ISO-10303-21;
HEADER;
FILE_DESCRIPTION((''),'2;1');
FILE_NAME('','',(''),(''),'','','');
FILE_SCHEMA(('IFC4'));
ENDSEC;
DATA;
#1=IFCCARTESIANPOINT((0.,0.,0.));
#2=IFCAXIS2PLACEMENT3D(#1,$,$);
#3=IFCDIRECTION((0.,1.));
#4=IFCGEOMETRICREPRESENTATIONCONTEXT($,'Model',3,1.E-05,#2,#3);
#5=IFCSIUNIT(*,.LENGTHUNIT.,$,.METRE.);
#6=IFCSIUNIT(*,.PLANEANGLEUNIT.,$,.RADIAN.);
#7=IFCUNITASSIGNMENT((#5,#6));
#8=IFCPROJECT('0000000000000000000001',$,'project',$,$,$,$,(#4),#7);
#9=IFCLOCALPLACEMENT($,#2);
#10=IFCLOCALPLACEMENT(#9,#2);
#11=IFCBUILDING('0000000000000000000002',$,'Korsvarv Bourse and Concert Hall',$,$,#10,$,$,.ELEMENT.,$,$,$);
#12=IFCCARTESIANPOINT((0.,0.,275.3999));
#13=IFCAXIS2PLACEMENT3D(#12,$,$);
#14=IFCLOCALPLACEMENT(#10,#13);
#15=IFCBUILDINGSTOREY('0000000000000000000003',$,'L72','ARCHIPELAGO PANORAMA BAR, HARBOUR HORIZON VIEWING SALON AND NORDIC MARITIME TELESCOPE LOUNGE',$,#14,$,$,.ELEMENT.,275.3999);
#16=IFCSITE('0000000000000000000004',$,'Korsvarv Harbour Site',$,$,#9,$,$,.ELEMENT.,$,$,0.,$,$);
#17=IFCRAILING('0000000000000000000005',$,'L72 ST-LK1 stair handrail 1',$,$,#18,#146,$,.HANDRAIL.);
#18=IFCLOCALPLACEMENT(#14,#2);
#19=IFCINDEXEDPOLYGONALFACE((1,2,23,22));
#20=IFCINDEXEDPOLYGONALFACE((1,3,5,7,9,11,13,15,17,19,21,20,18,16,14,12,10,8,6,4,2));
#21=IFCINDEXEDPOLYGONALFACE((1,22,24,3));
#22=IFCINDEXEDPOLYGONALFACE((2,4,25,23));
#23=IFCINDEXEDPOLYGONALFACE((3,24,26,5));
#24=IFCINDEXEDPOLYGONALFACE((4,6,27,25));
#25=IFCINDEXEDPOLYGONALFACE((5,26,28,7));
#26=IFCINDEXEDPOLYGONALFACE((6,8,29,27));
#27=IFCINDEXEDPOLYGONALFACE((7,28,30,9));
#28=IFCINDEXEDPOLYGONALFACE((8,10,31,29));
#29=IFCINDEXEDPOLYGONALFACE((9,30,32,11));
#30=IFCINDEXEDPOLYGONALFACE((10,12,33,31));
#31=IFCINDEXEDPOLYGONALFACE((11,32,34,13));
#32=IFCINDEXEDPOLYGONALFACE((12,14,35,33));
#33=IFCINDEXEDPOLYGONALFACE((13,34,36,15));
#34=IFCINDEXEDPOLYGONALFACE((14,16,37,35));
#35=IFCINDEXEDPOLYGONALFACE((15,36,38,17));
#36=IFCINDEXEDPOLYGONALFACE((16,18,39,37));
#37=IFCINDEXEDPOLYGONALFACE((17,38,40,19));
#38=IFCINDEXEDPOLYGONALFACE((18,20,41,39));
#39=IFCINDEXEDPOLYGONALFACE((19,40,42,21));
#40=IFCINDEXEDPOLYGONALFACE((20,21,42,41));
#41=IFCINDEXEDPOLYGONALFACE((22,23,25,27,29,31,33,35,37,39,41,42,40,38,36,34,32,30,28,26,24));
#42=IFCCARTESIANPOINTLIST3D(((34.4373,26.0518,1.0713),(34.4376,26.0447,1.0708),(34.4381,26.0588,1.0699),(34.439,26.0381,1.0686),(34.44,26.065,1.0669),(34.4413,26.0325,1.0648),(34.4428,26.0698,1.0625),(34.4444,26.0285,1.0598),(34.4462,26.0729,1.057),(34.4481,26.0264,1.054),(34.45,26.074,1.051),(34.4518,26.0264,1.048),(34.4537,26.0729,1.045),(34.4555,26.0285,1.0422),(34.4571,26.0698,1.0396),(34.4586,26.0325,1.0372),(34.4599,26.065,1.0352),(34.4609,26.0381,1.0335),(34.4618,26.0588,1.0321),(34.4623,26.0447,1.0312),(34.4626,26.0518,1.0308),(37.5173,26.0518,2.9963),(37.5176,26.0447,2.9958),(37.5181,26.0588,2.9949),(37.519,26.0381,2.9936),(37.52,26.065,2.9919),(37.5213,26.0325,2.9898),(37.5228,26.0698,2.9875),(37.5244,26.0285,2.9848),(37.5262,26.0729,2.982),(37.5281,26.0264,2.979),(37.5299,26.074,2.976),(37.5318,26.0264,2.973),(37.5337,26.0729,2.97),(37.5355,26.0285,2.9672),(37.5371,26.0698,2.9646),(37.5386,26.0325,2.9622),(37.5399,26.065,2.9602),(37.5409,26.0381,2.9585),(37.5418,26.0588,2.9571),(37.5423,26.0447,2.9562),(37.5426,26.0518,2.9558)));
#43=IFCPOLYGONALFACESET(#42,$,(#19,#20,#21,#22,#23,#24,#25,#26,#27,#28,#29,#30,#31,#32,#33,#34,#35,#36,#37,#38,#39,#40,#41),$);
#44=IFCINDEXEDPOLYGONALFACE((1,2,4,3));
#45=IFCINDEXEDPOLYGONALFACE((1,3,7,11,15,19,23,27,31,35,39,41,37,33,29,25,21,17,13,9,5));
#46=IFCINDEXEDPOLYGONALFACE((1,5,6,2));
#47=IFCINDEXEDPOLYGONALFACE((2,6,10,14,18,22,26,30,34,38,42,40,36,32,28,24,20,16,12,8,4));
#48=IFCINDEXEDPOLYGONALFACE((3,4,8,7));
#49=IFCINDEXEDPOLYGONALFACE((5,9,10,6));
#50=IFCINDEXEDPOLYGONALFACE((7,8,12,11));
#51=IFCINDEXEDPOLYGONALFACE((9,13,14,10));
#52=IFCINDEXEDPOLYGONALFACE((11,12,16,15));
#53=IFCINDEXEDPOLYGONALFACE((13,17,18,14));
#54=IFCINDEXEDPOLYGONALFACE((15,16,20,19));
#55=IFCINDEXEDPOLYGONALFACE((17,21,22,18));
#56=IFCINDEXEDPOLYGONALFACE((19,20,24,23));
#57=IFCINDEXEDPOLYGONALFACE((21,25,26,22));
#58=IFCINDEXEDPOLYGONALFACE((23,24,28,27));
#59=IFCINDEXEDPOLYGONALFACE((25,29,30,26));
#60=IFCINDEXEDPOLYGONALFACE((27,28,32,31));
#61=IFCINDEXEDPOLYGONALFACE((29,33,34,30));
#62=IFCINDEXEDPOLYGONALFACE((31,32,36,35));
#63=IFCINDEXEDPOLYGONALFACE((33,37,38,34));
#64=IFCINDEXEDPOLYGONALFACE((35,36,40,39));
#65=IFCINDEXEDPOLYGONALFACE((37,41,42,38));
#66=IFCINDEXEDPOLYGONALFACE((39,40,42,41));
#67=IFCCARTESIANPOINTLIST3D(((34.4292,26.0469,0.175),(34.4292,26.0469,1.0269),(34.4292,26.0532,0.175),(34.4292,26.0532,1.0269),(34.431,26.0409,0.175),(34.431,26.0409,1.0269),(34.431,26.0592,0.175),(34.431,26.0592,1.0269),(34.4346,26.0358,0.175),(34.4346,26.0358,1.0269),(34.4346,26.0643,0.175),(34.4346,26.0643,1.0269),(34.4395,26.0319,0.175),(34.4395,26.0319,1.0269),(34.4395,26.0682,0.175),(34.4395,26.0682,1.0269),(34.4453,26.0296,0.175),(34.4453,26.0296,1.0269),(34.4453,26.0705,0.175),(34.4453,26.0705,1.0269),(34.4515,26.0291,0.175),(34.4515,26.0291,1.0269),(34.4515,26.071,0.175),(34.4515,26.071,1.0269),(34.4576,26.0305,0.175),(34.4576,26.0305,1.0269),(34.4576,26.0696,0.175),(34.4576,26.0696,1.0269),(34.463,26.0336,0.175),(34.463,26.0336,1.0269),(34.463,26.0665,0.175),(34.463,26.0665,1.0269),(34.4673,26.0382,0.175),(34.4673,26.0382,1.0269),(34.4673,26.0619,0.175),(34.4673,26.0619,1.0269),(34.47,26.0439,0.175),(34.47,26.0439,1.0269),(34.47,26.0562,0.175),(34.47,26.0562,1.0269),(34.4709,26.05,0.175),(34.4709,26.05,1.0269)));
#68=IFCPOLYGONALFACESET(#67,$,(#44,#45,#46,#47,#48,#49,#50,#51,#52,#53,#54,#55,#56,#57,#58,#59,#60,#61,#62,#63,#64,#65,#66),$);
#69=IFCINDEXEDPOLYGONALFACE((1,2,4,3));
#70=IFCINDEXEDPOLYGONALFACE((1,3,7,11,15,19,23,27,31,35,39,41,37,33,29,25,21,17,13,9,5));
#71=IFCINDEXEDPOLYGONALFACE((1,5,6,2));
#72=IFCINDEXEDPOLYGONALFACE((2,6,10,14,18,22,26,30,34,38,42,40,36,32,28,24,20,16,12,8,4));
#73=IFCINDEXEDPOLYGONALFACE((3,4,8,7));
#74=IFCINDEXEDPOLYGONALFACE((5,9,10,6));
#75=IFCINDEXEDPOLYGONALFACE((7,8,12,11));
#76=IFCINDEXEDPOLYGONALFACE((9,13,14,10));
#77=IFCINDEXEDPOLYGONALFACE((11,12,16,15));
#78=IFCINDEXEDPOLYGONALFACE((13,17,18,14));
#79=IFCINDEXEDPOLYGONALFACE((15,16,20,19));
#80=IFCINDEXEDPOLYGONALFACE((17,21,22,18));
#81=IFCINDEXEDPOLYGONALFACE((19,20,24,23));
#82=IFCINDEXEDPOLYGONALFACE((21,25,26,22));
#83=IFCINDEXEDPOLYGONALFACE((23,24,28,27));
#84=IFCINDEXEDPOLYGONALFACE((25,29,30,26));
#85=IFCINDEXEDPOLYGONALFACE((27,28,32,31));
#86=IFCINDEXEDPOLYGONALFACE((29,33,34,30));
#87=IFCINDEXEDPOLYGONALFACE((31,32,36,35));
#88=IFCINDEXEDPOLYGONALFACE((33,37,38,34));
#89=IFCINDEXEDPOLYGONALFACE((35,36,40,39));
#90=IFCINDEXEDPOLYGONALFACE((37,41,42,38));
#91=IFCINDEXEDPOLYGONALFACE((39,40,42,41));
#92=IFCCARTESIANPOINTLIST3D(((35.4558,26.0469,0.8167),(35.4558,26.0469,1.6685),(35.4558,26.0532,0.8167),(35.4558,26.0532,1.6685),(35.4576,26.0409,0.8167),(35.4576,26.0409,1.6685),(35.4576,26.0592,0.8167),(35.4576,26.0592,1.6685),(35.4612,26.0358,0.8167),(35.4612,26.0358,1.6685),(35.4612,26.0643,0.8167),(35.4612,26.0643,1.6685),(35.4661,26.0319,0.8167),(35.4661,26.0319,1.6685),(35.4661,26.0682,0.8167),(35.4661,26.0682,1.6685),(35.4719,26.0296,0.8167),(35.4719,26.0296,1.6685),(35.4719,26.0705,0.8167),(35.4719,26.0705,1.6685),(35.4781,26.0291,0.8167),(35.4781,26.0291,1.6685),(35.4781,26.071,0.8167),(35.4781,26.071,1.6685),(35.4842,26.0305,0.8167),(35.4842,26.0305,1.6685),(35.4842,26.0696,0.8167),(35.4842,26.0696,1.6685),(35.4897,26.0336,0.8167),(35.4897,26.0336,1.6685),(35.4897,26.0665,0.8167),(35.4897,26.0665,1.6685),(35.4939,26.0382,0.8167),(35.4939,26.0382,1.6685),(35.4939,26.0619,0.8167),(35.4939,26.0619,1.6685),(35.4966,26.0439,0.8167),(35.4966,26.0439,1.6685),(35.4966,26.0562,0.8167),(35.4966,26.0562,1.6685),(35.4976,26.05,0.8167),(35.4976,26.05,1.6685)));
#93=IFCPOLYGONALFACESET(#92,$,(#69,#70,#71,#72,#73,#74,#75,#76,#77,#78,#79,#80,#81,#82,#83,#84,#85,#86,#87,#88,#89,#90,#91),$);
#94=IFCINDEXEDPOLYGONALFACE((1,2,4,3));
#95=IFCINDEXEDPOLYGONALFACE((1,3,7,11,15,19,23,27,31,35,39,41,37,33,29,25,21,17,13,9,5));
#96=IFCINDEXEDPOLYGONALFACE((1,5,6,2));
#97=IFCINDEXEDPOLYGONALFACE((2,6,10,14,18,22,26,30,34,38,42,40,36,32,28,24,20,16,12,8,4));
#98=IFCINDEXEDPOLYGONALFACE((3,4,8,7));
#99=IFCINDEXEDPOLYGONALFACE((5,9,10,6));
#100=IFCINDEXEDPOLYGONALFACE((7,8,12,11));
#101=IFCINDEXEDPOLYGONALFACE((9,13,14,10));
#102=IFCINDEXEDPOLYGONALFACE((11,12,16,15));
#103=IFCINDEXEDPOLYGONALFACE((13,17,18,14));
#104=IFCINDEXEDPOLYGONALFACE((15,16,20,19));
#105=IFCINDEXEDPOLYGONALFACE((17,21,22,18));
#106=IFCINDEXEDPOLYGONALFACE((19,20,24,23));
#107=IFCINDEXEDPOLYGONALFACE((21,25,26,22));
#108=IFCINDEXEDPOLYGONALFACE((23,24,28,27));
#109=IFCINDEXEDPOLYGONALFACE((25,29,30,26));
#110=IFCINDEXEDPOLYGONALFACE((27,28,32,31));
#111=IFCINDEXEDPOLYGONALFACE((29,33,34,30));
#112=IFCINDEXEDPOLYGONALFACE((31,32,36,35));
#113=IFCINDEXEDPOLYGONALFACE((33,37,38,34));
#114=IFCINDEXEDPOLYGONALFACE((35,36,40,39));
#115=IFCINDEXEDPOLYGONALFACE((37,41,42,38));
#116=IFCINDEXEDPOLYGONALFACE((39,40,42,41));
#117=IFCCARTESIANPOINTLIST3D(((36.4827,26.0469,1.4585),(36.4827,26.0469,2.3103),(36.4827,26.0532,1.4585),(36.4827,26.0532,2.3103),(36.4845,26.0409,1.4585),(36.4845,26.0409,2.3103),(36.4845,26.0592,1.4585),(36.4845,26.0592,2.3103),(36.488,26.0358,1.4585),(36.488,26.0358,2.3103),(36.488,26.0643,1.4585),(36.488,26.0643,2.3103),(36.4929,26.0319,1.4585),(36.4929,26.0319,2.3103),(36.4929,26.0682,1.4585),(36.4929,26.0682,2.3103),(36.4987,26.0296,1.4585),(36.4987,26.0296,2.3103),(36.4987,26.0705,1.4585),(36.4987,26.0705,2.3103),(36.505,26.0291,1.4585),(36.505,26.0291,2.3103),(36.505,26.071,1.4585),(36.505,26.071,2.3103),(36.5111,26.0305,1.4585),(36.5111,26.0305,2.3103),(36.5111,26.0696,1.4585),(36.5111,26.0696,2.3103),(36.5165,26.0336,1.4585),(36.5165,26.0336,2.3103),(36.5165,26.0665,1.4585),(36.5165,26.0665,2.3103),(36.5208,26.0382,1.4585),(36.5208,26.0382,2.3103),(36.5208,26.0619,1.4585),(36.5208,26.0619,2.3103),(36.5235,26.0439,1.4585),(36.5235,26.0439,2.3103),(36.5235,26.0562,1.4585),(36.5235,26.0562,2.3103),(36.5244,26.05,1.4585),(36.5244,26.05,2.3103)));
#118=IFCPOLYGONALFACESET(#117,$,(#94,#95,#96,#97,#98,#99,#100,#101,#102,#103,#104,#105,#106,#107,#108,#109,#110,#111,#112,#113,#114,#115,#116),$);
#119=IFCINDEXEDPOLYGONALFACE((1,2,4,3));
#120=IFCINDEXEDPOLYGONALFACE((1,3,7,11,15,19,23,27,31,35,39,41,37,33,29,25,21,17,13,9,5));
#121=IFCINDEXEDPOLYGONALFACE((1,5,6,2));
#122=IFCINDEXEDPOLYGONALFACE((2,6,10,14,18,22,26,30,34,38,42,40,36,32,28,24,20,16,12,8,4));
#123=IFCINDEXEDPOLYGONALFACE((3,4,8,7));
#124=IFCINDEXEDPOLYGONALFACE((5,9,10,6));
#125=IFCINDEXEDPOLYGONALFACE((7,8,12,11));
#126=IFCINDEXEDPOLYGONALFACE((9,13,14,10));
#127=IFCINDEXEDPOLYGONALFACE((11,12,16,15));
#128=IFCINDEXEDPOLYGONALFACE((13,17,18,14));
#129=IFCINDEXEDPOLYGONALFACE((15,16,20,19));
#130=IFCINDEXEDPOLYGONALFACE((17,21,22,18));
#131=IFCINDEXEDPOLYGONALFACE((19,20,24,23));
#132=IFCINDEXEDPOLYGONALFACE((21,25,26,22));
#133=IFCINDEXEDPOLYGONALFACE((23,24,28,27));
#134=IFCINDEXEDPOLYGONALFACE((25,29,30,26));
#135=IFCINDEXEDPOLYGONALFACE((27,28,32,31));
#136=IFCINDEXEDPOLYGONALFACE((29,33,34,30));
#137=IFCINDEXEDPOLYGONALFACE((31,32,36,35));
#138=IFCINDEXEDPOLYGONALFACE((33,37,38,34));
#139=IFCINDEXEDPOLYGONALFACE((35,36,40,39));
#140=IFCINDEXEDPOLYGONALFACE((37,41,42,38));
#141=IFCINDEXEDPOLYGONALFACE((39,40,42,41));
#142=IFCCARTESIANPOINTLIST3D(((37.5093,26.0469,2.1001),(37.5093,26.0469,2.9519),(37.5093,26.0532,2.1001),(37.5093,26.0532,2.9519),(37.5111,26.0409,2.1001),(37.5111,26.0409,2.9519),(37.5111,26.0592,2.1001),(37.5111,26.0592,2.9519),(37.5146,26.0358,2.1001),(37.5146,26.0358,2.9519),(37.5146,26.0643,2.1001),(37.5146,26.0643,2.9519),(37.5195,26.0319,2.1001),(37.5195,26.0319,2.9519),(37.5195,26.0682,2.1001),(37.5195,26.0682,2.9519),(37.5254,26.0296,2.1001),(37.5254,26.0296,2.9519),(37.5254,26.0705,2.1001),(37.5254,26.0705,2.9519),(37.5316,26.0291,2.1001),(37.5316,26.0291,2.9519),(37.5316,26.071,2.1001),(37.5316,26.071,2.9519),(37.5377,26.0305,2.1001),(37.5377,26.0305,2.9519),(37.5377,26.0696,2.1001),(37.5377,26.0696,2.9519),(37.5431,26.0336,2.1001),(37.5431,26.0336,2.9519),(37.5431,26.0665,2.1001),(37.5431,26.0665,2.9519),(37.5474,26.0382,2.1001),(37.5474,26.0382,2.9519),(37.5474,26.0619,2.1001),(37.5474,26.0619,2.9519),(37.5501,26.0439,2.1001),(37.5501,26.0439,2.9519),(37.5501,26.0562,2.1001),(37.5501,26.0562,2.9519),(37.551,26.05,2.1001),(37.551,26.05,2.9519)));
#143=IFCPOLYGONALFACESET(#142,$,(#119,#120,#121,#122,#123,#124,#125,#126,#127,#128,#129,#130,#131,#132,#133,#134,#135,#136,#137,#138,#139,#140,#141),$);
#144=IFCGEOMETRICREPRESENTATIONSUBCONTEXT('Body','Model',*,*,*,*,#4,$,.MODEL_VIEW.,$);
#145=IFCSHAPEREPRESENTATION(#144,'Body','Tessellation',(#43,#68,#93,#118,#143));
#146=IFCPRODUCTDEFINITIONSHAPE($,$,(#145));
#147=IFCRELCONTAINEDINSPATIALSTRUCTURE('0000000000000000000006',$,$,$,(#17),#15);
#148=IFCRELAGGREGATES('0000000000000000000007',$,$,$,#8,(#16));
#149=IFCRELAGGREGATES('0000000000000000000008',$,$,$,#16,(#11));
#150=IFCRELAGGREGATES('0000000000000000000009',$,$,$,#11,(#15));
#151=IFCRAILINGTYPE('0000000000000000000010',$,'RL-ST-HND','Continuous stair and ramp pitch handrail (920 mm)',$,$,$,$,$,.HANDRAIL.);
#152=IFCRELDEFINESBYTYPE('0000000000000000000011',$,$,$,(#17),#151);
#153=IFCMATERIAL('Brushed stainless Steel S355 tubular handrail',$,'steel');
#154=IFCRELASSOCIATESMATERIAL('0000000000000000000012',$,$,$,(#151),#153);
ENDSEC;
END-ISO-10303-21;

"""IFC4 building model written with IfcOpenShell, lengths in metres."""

from ifc_helpers import new_model, si_unit, direction, frame, origin, origin_2d, place, context, subcontext, project, spatial, circle, extrude, material, type_object, element, save


model = new_model("IFC4")

# Units and contexts
model_context = context("Model", 3, precision=1e-05, world=origin(), true_north=direction((0.0, 1.0)))
body_context = subcontext(model_context, "Body", "Model", "MODEL_VIEW")
ifc_project = project(units=[si_unit("LENGTHUNIT", "METRE"), si_unit("PLANEANGLEUNIT", "RADIAN")], contexts=[model_context])

# Site, building, storey
site_placement = place(None, origin())
site = spatial("IfcSite", under=ifc_project, at=site_placement, Name="Korsvarv Harbour Site", CompositionType="ELEMENT", RefElevation=0.0)
building_placement = place(site_placement, origin())
building = spatial("IfcBuilding", under=site, at=building_placement, Name="Korsvarv Bourse and Concert Hall", CompositionType="ELEMENT")
storey_placement = place(building_placement, frame((0.0, 0.0, 275.3999)))
storey = spatial("IfcBuildingStorey", under=building, at=storey_placement, Name="L72", Description="ARCHIPELAGO PANORAMA BAR, HARBOUR HORIZON VIEWING SALON AND NORDIC MARITIME TELESCOPE LOUNGE", CompositionType="ELEMENT", Elevation=275.3999)

# Railing
ifc_material_1 = material(Name="Brushed stainless Steel S355 tubular handrail", Category="steel")
railing_type_1 = type_object("IfcRailingType", Name="RL-ST-HND", Description="Continuous stair and ramp pitch handrail (920 mm)", PredefinedType="HANDRAIL", material=ifc_material_1)
railing_1_placement = place(storey_placement, frame((34.45, 26.05, 0.175)))
element("IfcRailing", 1, at=railing_1_placement, inside=storey, type_object=railing_type_1, Name="L72 ST-LK1 stair handrail 1", PredefinedType="HANDRAIL", context=body_context, shape_type="SweptSolid", body=[
    extrude(circle(Radius=0.0239, at=origin_2d()), frame((0.0, 0.0, 0.876), z_axis=(0.847998, 0.0, 0.529999), x_axis=(0.0, 1.0, 0.0)), (0.0, 0.0, 1.0), 3.6321),
    extrude(circle(Radius=0.021, at=origin_2d()), origin(), (0.0, 0.0, 1.0), 0.8518),
    extrude(circle(Radius=0.021, at=origin_2d()), frame((1.0266, 0.0, 0.6416)), (0.0, 0.0, 1.0), 0.8518),
    extrude(circle(Radius=0.021, at=origin_2d()), frame((2.0535, 0.0, 1.2834)), (0.0, 0.0, 1.0), 0.8518),
    extrude(circle(Radius=0.021, at=origin_2d()), frame((3.0801, 0.0, 1.925)), (0.0, 0.0, 1.0), 0.8518),
])

save(model, "model.ifc")
